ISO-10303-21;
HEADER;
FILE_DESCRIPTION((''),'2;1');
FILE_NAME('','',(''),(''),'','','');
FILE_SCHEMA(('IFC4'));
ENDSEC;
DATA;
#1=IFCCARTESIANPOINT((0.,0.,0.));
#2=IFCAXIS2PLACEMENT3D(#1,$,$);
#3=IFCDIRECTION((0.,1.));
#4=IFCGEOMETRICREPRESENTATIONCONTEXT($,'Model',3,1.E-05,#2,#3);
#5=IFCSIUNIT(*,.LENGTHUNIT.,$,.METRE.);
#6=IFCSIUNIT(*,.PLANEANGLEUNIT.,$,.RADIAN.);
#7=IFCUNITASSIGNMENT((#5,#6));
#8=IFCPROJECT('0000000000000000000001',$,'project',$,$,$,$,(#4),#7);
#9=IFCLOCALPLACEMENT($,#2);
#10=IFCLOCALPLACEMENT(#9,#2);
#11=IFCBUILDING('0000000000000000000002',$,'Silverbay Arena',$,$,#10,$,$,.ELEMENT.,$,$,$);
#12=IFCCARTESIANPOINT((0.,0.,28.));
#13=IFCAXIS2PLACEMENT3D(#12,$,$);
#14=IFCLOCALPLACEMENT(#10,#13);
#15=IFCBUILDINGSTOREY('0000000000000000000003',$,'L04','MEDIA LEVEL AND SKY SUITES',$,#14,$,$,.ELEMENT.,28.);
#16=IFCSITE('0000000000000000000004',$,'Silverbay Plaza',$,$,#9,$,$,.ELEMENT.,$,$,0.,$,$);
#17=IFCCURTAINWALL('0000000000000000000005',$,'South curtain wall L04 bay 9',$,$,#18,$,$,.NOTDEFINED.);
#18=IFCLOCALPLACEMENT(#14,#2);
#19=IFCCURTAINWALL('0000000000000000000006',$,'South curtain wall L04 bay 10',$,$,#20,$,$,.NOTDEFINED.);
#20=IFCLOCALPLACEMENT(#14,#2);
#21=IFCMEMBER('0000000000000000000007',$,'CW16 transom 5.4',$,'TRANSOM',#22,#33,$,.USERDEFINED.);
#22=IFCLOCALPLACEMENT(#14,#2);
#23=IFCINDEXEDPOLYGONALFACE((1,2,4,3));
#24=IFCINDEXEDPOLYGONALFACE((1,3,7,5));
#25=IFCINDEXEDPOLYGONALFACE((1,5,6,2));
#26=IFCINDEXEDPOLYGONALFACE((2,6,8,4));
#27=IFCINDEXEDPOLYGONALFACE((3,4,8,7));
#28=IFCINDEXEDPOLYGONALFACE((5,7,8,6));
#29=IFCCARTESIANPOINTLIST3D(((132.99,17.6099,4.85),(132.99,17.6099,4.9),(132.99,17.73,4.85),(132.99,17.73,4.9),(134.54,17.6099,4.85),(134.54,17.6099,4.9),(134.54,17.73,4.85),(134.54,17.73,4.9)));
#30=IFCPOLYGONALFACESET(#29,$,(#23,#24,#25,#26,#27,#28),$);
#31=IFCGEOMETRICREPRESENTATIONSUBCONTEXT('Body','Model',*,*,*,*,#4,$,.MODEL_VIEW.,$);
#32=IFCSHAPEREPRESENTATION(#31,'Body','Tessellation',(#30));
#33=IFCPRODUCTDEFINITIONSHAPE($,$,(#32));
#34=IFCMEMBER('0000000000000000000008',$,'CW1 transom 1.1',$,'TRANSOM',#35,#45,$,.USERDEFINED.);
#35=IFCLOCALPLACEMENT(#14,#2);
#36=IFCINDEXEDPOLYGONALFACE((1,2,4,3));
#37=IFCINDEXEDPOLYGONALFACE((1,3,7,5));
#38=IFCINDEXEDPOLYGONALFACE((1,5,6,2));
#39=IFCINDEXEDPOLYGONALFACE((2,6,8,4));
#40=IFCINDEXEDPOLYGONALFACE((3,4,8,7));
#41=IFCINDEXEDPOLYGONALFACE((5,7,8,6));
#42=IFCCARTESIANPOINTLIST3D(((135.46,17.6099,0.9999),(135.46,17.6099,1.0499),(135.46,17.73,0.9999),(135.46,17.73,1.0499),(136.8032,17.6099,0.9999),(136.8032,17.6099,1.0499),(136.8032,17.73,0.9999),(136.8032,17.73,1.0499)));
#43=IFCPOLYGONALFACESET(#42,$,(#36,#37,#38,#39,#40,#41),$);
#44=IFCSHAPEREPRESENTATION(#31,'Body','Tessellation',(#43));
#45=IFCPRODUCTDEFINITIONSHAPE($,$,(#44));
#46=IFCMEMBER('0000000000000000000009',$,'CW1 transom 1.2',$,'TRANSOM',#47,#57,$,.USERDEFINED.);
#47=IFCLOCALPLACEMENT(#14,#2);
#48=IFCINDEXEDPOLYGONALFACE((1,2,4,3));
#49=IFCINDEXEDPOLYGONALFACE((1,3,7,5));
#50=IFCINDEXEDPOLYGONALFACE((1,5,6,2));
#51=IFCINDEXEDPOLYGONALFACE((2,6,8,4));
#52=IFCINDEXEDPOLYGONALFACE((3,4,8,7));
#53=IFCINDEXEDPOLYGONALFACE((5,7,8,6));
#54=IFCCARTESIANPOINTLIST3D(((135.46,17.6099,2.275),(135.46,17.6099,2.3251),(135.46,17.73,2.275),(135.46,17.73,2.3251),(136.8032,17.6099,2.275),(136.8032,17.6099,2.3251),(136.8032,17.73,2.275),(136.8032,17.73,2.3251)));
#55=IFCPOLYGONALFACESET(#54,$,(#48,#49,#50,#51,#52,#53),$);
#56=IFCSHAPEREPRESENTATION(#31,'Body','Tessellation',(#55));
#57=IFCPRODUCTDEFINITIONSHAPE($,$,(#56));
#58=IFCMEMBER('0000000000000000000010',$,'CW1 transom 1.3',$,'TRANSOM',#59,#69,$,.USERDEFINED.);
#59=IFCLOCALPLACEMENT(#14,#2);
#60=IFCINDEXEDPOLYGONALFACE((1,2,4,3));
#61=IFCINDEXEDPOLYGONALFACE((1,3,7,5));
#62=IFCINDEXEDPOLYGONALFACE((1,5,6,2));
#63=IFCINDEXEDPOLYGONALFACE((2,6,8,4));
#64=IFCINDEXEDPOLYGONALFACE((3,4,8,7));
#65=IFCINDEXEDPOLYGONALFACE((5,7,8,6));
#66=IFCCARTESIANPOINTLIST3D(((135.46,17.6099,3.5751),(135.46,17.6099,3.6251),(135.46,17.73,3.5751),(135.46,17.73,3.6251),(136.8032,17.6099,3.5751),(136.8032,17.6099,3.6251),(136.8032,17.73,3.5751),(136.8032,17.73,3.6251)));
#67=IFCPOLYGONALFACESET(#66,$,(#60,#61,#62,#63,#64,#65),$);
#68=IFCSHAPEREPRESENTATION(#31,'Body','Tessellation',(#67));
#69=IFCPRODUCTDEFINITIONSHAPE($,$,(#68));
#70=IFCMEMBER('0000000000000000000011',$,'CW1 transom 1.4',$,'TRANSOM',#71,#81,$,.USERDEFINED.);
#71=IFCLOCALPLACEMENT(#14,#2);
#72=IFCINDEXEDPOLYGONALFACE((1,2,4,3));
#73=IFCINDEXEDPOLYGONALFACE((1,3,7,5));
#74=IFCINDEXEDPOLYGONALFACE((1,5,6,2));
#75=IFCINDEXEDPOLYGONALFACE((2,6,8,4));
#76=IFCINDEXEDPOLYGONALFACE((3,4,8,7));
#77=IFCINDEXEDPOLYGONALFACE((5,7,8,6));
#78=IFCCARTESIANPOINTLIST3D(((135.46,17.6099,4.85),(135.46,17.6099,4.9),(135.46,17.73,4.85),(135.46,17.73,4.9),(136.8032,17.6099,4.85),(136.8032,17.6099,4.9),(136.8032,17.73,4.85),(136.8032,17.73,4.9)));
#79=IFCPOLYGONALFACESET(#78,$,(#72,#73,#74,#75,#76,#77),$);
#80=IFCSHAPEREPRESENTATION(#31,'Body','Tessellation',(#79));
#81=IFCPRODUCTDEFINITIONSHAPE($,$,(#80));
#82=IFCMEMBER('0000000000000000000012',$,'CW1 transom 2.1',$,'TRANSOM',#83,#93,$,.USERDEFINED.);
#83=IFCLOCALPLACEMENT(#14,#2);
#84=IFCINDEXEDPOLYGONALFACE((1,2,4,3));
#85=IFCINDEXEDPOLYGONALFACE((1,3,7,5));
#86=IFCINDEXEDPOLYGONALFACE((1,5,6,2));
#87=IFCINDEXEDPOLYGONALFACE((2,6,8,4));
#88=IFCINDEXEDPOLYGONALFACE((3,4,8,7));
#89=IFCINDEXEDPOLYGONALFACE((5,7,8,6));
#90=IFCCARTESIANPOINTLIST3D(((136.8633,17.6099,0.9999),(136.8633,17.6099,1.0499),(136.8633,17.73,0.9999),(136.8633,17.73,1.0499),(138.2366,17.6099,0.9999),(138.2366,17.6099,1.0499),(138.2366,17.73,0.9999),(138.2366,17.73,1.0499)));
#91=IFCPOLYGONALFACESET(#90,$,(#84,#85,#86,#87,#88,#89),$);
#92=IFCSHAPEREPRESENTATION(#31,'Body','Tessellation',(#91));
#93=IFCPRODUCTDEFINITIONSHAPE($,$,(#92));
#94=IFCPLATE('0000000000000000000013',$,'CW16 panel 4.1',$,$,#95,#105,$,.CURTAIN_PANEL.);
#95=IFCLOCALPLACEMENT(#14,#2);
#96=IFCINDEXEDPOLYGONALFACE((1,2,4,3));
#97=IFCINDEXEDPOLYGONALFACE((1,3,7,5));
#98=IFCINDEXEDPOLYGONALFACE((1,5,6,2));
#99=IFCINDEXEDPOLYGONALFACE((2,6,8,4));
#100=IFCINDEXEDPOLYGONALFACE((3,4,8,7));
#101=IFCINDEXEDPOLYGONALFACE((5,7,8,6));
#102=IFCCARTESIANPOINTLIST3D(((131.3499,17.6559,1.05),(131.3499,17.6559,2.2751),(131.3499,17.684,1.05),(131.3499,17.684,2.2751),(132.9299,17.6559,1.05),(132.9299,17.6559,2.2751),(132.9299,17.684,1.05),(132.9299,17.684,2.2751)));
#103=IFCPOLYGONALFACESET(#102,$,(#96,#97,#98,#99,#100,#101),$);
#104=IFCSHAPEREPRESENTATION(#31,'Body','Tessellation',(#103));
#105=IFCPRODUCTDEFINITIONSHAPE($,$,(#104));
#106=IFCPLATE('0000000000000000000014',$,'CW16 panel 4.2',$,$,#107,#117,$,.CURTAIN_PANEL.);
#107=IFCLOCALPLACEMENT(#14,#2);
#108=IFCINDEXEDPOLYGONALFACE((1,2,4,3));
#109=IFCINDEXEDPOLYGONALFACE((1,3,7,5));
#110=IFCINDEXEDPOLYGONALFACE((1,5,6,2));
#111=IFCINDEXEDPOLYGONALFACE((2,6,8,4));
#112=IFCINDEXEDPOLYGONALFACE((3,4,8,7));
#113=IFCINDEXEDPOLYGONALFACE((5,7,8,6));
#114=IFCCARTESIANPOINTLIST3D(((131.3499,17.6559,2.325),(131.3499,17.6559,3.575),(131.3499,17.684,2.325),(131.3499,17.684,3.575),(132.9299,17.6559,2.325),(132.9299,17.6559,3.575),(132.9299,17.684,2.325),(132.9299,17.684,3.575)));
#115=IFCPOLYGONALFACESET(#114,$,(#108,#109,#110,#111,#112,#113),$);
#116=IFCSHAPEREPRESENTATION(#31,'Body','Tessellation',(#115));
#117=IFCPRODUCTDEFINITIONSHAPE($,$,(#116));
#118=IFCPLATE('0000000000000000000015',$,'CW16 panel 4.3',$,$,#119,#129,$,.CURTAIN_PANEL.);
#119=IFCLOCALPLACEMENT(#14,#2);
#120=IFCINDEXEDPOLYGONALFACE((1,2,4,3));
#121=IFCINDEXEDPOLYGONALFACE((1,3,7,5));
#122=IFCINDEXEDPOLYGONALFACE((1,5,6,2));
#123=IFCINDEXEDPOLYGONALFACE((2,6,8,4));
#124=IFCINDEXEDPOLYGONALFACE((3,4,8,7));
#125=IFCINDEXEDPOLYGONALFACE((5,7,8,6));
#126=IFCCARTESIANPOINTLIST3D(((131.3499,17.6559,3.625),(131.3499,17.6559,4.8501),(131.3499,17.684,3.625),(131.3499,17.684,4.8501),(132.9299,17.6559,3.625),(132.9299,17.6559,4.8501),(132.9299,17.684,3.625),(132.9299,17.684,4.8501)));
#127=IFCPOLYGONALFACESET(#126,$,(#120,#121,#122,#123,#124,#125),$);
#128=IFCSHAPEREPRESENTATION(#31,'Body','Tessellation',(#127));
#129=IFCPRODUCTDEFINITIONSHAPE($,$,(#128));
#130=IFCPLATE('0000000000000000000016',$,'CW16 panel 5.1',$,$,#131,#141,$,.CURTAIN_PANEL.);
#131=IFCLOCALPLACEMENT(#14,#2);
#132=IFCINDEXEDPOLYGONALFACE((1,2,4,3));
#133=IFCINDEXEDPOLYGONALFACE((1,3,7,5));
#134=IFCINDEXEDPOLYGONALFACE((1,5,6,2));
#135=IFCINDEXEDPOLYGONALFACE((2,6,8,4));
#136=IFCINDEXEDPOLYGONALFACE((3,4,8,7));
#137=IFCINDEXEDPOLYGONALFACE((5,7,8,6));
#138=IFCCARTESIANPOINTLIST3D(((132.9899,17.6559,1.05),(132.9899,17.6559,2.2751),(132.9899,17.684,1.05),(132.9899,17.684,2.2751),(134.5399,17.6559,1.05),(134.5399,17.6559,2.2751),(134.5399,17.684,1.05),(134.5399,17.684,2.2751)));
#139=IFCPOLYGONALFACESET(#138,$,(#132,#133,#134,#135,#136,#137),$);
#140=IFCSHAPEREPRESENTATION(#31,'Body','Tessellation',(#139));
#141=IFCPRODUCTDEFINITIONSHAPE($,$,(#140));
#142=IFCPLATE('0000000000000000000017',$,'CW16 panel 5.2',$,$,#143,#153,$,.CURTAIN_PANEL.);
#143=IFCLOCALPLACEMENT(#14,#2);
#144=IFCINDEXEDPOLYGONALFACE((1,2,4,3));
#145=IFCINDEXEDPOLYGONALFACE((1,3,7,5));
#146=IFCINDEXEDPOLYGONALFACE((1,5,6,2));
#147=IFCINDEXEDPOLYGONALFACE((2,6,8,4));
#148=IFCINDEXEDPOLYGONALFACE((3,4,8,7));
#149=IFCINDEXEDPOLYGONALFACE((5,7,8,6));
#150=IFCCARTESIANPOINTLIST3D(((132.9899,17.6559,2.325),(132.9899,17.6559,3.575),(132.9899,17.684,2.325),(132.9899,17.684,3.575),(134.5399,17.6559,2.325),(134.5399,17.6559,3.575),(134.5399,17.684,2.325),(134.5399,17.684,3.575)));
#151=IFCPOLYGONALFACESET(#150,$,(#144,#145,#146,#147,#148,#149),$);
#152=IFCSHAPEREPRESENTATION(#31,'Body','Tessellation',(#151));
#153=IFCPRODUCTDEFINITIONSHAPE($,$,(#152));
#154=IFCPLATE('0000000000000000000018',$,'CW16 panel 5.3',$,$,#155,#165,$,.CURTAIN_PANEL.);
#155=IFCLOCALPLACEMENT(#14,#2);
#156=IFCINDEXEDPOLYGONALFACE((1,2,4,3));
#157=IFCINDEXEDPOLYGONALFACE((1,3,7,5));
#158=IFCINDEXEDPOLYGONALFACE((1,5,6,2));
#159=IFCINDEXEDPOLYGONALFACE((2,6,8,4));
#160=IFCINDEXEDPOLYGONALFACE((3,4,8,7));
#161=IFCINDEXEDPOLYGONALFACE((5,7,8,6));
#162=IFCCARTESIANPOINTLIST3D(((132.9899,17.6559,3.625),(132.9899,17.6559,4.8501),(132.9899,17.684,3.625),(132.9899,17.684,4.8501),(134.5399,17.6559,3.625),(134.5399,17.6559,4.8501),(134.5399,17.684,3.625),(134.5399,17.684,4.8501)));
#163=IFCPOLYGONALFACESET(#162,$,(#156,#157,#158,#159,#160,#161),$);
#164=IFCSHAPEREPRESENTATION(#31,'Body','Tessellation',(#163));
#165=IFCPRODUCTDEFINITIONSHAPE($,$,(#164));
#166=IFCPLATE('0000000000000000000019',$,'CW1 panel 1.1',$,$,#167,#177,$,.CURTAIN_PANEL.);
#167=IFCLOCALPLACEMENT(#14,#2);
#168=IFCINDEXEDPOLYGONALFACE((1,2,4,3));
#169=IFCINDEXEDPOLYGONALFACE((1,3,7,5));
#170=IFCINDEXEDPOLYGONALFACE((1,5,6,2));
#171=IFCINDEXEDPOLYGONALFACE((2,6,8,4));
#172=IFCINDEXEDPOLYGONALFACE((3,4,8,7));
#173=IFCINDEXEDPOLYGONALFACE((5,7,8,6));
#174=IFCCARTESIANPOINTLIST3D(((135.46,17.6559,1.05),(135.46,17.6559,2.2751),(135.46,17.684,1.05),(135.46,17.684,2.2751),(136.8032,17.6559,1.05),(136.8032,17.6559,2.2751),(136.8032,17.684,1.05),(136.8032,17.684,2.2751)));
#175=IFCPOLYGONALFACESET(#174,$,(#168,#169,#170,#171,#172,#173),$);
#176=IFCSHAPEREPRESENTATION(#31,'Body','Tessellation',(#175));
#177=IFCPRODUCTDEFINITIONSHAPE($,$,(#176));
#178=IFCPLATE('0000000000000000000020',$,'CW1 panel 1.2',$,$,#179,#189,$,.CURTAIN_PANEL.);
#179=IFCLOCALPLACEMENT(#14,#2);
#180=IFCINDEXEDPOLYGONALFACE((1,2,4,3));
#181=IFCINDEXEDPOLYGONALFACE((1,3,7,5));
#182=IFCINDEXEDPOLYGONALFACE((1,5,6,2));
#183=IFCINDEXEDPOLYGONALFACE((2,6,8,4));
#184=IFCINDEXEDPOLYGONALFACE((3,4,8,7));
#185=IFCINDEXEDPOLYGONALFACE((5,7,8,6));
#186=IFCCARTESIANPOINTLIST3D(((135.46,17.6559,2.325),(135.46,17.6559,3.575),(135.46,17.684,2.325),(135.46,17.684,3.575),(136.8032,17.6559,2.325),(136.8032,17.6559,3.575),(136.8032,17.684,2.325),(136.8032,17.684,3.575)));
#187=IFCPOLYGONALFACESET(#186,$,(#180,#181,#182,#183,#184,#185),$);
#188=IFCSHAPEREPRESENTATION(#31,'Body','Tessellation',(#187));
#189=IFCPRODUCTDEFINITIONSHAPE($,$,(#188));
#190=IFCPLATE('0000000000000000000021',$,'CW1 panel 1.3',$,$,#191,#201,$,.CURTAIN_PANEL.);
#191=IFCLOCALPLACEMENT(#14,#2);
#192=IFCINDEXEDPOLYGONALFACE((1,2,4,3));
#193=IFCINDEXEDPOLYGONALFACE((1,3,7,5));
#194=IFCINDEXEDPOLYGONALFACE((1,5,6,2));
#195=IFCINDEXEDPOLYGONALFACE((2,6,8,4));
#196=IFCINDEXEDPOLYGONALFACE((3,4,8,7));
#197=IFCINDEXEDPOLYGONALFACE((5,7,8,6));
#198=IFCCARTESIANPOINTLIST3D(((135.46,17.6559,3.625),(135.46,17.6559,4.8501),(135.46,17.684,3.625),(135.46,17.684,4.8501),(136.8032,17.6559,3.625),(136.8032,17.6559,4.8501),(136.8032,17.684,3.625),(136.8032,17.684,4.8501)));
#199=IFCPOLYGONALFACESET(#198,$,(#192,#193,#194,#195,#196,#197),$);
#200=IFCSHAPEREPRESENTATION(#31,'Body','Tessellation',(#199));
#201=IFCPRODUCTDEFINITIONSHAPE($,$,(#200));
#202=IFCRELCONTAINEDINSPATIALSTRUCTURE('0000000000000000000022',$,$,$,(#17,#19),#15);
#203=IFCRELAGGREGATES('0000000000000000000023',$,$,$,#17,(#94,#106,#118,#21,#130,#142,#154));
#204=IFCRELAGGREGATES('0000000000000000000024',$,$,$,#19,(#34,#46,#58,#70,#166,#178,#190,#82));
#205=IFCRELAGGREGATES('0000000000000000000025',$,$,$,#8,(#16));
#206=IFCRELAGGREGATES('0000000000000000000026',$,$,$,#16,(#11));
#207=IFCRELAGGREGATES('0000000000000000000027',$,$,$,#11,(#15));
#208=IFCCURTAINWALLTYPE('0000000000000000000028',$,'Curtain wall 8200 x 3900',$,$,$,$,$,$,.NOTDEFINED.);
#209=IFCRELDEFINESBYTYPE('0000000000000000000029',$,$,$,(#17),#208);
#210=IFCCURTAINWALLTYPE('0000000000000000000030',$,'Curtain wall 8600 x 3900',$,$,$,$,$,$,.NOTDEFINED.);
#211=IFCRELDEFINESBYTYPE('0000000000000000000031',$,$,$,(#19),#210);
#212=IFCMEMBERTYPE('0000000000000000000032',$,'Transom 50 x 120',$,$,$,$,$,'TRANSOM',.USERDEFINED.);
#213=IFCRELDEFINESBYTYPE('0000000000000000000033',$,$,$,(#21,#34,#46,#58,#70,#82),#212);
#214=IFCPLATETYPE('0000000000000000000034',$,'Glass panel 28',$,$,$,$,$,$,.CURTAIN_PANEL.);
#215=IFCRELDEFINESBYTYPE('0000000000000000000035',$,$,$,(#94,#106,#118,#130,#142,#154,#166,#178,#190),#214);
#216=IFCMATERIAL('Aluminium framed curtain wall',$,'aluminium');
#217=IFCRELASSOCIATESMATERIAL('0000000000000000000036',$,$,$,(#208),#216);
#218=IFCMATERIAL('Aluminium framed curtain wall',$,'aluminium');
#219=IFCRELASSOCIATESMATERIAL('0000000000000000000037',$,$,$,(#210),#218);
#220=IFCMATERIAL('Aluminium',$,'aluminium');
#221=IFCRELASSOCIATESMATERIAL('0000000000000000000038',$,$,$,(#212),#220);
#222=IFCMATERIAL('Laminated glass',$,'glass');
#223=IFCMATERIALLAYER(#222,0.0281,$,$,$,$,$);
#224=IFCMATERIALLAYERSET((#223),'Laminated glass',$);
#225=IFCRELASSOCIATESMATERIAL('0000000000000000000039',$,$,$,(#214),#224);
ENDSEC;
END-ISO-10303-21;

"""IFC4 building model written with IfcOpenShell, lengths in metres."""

from ifc_helpers import new_model, si_unit, direction, frame, origin, origin_2d, place, context, subcontext, project, spatial, rectangle, extrude, material, layer, layer_set, material_profile, profile_set, type_object, element, aggregate, save


model = new_model("IFC4")

# Units and contexts
model_context = context("Model", 3, precision=1e-05, world=origin(), true_north=direction((0.0, 1.0)))
body_context = subcontext(model_context, "Body", "Model", "MODEL_VIEW")
ifc_project = project(units=[si_unit("LENGTHUNIT", "METRE"), si_unit("PLANEANGLEUNIT", "RADIAN")], contexts=[model_context])

# Site, building, storey
site_placement = place(None, origin())
site = spatial("IfcSite", under=ifc_project, at=site_placement, Name="Silverbay Plaza", CompositionType="ELEMENT", RefElevation=0.0)
building_placement = place(site_placement, origin())
building = spatial("IfcBuilding", under=site, at=building_placement, Name="Silverbay Arena", CompositionType="ELEMENT")
storey_placement = place(building_placement, frame((0.0, 0.0, 28.0)))
storey = spatial("IfcBuildingStorey", under=building, at=storey_placement, Name="L04", Description="MEDIA LEVEL AND SKY SUITES", CompositionType="ELEMENT", Elevation=28.0)

# Curtain walls
ifc_material_1 = material(Name="Aluminium framed curtain wall", Category="aluminium")
curtain_wall_type_1 = type_object("IfcCurtainWallType", Name="Curtain wall 8200 x 3900", PredefinedType="NOTDEFINED", material=ifc_material_1)
curtain_wall_1_placement = place(storey_placement, origin())
curtain_wall_1 = element("IfcCurtainWall", 1, at=curtain_wall_1_placement, inside=storey, type_object=curtain_wall_type_1, Name="South curtain wall L04 bay 9", PredefinedType="NOTDEFINED")
ifc_material_2 = material(Name="Aluminium framed curtain wall", Category="aluminium")
curtain_wall_type_2 = type_object("IfcCurtainWallType", Name="Curtain wall 8600 x 3900", PredefinedType="NOTDEFINED", material=ifc_material_2)
curtain_wall_2_placement = place(storey_placement, origin())
curtain_wall_2 = element("IfcCurtainWall", 2, at=curtain_wall_2_placement, inside=storey, type_object=curtain_wall_type_2, Name="South curtain wall L04 bay 10", PredefinedType="NOTDEFINED")

# Members
ifc_material_3 = material(Name="Aluminium", Category="aluminium")
ifc_material_profile_1 = material_profile(ifc_material_3, rectangle(XDim=0.1201, YDim=0.05, at=origin_2d()), Name="Transom 50 x 120")
ifc_profile_set_1 = profile_set([ifc_material_profile_1], Name="Aluminium")
member_type_1 = type_object("IfcMemberType", Name="Transom 50 x 120", ElementType="TRANSOM", PredefinedType="USERDEFINED", material=ifc_profile_set_1)
member_1_placement = place(storey_placement, frame((132.99, 17.6699, 4.875), z_axis=(1.0, 0.0, 0.0), x_axis=(0.0, 1.0, 0.0)))
member_1 = element("IfcMember", 3, at=member_1_placement, type_object=member_type_1, Name="CW16 transom 5.4", ObjectType="TRANSOM", PredefinedType="USERDEFINED", context=body_context, shape_type="SweptSolid", body=[
    extrude(rectangle(XDim=0.1201, YDim=0.05, at=origin_2d()), origin(), (0.0, 0.0, 1.0), 1.55),
])
member_2_placement = place(storey_placement, frame((135.46, 17.6699, 1.0249), z_axis=(1.0, 0.0, 0.0), x_axis=(0.0, 1.0, 0.0)))
member_2 = element("IfcMember", 4, at=member_2_placement, type_object=member_type_1, Name="CW1 transom 1.1", ObjectType="TRANSOM", PredefinedType="USERDEFINED", context=body_context, shape_type="SweptSolid", body=[
    extrude(rectangle(XDim=0.1201, YDim=0.05, at=origin_2d()), origin(), (0.0, 0.0, 1.0), 1.3433),
])
member_3_placement = place(storey_placement, frame((135.46, 17.6699, 2.3), z_axis=(1.0, 0.0, 0.0), x_axis=(0.0, 1.0, 0.0)))
member_3 = element("IfcMember", 5, at=member_3_placement, type_object=member_type_1, Name="CW1 transom 1.2", ObjectType="TRANSOM", PredefinedType="USERDEFINED", context=body_context, shape_type="SweptSolid", body=[
    extrude(rectangle(XDim=0.1201, YDim=0.05, at=origin_2d()), origin(), (0.0, 0.0, 1.0), 1.3433),
])
member_4_placement = place(storey_placement, frame((135.46, 17.6699, 3.6001), z_axis=(1.0, 0.0, 0.0), x_axis=(0.0, 1.0, 0.0)))
member_4 = element("IfcMember", 6, at=member_4_placement, type_object=member_type_1, Name="CW1 transom 1.3", ObjectType="TRANSOM", PredefinedType="USERDEFINED", context=body_context, shape_type="SweptSolid", body=[
    extrude(rectangle(XDim=0.1201, YDim=0.05, at=origin_2d()), origin(), (0.0, 0.0, 1.0), 1.3433),
])
member_5_placement = place(storey_placement, frame((135.46, 17.6699, 4.875), z_axis=(1.0, 0.0, 0.0), x_axis=(0.0, 1.0, 0.0)))
member_5 = element("IfcMember", 7, at=member_5_placement, type_object=member_type_1, Name="CW1 transom 1.4", ObjectType="TRANSOM", PredefinedType="USERDEFINED", context=body_context, shape_type="SweptSolid", body=[
    extrude(rectangle(XDim=0.1201, YDim=0.05, at=origin_2d()), origin(), (0.0, 0.0, 1.0), 1.3433),
])
member_6_placement = place(storey_placement, frame((136.8633, 17.6699, 1.0249), z_axis=(1.0, 0.0, 0.0), x_axis=(0.0, 1.0, 0.0)))
member_6 = element("IfcMember", 8, at=member_6_placement, type_object=member_type_1, Name="CW1 transom 2.1", ObjectType="TRANSOM", PredefinedType="USERDEFINED", context=body_context, shape_type="SweptSolid", body=[
    extrude(rectangle(XDim=0.1201, YDim=0.05, at=origin_2d()), origin(), (0.0, 0.0, 1.0), 1.3733),
])

# Plates
ifc_material_4 = material(Name="Laminated glass", Category="glass")
ifc_layer_1 = layer(ifc_material_4, 0.0281)
ifc_layer_set_1 = layer_set([ifc_layer_1], Name="Laminated glass")
plate_type = type_object("IfcPlateType", Name="Glass panel 28", PredefinedType="CURTAIN_PANEL", material=ifc_layer_set_1)
plate_1_placement = place(storey_placement, frame((132.1399, 17.6699, 1.05), z_axis=(0.0, 0.0, 1.0), x_axis=(1.0, 0.0, 0.0)))
plate_1 = element("IfcPlate", 9, at=plate_1_placement, type_object=plate_type, Name="CW16 panel 4.1", PredefinedType="CURTAIN_PANEL", context=body_context, shape_type="SweptSolid", body=[
    extrude(rectangle(XDim=1.5801, YDim=0.0281, at=origin_2d()), origin(), (0.0, 0.0, 1.0), 1.2251),
])
plate_2_placement = place(storey_placement, frame((132.1399, 17.6699, 2.325), z_axis=(0.0, 0.0, 1.0), x_axis=(1.0, 0.0, 0.0)))
plate_2 = element("IfcPlate", 10, at=plate_2_placement, type_object=plate_type, Name="CW16 panel 4.2", PredefinedType="CURTAIN_PANEL", context=body_context, shape_type="SweptSolid", body=[
    extrude(rectangle(XDim=1.5801, YDim=0.0281, at=origin_2d()), origin(), (0.0, 0.0, 1.0), 1.25),
])
plate_3_placement = place(storey_placement, frame((132.1399, 17.6699, 3.625), z_axis=(0.0, 0.0, 1.0), x_axis=(1.0, 0.0, 0.0)))
plate_3 = element("IfcPlate", 11, at=plate_3_placement, type_object=plate_type, Name="CW16 panel 4.3", PredefinedType="CURTAIN_PANEL", context=body_context, shape_type="SweptSolid", body=[
    extrude(rectangle(XDim=1.5801, YDim=0.0281, at=origin_2d()), origin(), (0.0, 0.0, 1.0), 1.2251),
])
plate_4_placement = place(storey_placement, frame((133.7649, 17.6699, 1.05), z_axis=(0.0, 0.0, 1.0), x_axis=(1.0, 0.0, 0.0)))
plate_4 = element("IfcPlate", 12, at=plate_4_placement, type_object=plate_type, Name="CW16 panel 5.1", PredefinedType="CURTAIN_PANEL", context=body_context, shape_type="SweptSolid", body=[
    extrude(rectangle(XDim=1.55, YDim=0.0281, at=origin_2d()), origin(), (0.0, 0.0, 1.0), 1.2251),
])
plate_5_placement = place(storey_placement, frame((133.7649, 17.6699, 2.325), z_axis=(0.0, 0.0, 1.0), x_axis=(1.0, 0.0, 0.0)))
plate_5 = element("IfcPlate", 13, at=plate_5_placement, type_object=plate_type, Name="CW16 panel 5.2", PredefinedType="CURTAIN_PANEL", context=body_context, shape_type="SweptSolid", body=[
    extrude(rectangle(XDim=1.55, YDim=0.0281, at=origin_2d()), origin(), (0.0, 0.0, 1.0), 1.25),
])
plate_6_placement = place(storey_placement, frame((133.7649, 17.6699, 3.625), z_axis=(0.0, 0.0, 1.0), x_axis=(1.0, 0.0, 0.0)))
plate_6 = element("IfcPlate", 14, at=plate_6_placement, type_object=plate_type, Name="CW16 panel 5.3", PredefinedType="CURTAIN_PANEL", context=body_context, shape_type="SweptSolid", body=[
    extrude(rectangle(XDim=1.55, YDim=0.0281, at=origin_2d()), origin(), (0.0, 0.0, 1.0), 1.2251),
])
aggregate(curtain_wall_1, [plate_1, plate_2, plate_3, member_1, plate_4, plate_5, plate_6])
plate_7_placement = place(storey_placement, frame((136.1316, 17.6699, 1.05), z_axis=(0.0, 0.0, 1.0), x_axis=(1.0, 0.0, 0.0)))
plate_7 = element("IfcPlate", 15, at=plate_7_placement, type_object=plate_type, Name="CW1 panel 1.1", PredefinedType="CURTAIN_PANEL", context=body_context, shape_type="SweptSolid", body=[
    extrude(rectangle(XDim=1.3433, YDim=0.0281, at=origin_2d()), origin(), (0.0, 0.0, 1.0), 1.2251),
])
plate_8_placement = place(storey_placement, frame((136.1316, 17.6699, 2.325), z_axis=(0.0, 0.0, 1.0), x_axis=(1.0, 0.0, 0.0)))
plate_8 = element("IfcPlate", 16, at=plate_8_placement, type_object=plate_type, Name="CW1 panel 1.2", PredefinedType="CURTAIN_PANEL", context=body_context, shape_type="SweptSolid", body=[
    extrude(rectangle(XDim=1.3433, YDim=0.0281, at=origin_2d()), origin(), (0.0, 0.0, 1.0), 1.25),
])
plate_9_placement = place(storey_placement, frame((136.1316, 17.6699, 3.625), z_axis=(0.0, 0.0, 1.0), x_axis=(1.0, 0.0, 0.0)))
plate_9 = element("IfcPlate", 17, at=plate_9_placement, type_object=plate_type, Name="CW1 panel 1.3", PredefinedType="CURTAIN_PANEL", context=body_context, shape_type="SweptSolid", body=[
    extrude(rectangle(XDim=1.3433, YDim=0.0281, at=origin_2d()), origin(), (0.0, 0.0, 1.0), 1.2251),
])
aggregate(curtain_wall_2, [member_2, member_3, member_4, member_5, plate_7, plate_8, plate_9, member_6])

save(model, "model.ifc")
